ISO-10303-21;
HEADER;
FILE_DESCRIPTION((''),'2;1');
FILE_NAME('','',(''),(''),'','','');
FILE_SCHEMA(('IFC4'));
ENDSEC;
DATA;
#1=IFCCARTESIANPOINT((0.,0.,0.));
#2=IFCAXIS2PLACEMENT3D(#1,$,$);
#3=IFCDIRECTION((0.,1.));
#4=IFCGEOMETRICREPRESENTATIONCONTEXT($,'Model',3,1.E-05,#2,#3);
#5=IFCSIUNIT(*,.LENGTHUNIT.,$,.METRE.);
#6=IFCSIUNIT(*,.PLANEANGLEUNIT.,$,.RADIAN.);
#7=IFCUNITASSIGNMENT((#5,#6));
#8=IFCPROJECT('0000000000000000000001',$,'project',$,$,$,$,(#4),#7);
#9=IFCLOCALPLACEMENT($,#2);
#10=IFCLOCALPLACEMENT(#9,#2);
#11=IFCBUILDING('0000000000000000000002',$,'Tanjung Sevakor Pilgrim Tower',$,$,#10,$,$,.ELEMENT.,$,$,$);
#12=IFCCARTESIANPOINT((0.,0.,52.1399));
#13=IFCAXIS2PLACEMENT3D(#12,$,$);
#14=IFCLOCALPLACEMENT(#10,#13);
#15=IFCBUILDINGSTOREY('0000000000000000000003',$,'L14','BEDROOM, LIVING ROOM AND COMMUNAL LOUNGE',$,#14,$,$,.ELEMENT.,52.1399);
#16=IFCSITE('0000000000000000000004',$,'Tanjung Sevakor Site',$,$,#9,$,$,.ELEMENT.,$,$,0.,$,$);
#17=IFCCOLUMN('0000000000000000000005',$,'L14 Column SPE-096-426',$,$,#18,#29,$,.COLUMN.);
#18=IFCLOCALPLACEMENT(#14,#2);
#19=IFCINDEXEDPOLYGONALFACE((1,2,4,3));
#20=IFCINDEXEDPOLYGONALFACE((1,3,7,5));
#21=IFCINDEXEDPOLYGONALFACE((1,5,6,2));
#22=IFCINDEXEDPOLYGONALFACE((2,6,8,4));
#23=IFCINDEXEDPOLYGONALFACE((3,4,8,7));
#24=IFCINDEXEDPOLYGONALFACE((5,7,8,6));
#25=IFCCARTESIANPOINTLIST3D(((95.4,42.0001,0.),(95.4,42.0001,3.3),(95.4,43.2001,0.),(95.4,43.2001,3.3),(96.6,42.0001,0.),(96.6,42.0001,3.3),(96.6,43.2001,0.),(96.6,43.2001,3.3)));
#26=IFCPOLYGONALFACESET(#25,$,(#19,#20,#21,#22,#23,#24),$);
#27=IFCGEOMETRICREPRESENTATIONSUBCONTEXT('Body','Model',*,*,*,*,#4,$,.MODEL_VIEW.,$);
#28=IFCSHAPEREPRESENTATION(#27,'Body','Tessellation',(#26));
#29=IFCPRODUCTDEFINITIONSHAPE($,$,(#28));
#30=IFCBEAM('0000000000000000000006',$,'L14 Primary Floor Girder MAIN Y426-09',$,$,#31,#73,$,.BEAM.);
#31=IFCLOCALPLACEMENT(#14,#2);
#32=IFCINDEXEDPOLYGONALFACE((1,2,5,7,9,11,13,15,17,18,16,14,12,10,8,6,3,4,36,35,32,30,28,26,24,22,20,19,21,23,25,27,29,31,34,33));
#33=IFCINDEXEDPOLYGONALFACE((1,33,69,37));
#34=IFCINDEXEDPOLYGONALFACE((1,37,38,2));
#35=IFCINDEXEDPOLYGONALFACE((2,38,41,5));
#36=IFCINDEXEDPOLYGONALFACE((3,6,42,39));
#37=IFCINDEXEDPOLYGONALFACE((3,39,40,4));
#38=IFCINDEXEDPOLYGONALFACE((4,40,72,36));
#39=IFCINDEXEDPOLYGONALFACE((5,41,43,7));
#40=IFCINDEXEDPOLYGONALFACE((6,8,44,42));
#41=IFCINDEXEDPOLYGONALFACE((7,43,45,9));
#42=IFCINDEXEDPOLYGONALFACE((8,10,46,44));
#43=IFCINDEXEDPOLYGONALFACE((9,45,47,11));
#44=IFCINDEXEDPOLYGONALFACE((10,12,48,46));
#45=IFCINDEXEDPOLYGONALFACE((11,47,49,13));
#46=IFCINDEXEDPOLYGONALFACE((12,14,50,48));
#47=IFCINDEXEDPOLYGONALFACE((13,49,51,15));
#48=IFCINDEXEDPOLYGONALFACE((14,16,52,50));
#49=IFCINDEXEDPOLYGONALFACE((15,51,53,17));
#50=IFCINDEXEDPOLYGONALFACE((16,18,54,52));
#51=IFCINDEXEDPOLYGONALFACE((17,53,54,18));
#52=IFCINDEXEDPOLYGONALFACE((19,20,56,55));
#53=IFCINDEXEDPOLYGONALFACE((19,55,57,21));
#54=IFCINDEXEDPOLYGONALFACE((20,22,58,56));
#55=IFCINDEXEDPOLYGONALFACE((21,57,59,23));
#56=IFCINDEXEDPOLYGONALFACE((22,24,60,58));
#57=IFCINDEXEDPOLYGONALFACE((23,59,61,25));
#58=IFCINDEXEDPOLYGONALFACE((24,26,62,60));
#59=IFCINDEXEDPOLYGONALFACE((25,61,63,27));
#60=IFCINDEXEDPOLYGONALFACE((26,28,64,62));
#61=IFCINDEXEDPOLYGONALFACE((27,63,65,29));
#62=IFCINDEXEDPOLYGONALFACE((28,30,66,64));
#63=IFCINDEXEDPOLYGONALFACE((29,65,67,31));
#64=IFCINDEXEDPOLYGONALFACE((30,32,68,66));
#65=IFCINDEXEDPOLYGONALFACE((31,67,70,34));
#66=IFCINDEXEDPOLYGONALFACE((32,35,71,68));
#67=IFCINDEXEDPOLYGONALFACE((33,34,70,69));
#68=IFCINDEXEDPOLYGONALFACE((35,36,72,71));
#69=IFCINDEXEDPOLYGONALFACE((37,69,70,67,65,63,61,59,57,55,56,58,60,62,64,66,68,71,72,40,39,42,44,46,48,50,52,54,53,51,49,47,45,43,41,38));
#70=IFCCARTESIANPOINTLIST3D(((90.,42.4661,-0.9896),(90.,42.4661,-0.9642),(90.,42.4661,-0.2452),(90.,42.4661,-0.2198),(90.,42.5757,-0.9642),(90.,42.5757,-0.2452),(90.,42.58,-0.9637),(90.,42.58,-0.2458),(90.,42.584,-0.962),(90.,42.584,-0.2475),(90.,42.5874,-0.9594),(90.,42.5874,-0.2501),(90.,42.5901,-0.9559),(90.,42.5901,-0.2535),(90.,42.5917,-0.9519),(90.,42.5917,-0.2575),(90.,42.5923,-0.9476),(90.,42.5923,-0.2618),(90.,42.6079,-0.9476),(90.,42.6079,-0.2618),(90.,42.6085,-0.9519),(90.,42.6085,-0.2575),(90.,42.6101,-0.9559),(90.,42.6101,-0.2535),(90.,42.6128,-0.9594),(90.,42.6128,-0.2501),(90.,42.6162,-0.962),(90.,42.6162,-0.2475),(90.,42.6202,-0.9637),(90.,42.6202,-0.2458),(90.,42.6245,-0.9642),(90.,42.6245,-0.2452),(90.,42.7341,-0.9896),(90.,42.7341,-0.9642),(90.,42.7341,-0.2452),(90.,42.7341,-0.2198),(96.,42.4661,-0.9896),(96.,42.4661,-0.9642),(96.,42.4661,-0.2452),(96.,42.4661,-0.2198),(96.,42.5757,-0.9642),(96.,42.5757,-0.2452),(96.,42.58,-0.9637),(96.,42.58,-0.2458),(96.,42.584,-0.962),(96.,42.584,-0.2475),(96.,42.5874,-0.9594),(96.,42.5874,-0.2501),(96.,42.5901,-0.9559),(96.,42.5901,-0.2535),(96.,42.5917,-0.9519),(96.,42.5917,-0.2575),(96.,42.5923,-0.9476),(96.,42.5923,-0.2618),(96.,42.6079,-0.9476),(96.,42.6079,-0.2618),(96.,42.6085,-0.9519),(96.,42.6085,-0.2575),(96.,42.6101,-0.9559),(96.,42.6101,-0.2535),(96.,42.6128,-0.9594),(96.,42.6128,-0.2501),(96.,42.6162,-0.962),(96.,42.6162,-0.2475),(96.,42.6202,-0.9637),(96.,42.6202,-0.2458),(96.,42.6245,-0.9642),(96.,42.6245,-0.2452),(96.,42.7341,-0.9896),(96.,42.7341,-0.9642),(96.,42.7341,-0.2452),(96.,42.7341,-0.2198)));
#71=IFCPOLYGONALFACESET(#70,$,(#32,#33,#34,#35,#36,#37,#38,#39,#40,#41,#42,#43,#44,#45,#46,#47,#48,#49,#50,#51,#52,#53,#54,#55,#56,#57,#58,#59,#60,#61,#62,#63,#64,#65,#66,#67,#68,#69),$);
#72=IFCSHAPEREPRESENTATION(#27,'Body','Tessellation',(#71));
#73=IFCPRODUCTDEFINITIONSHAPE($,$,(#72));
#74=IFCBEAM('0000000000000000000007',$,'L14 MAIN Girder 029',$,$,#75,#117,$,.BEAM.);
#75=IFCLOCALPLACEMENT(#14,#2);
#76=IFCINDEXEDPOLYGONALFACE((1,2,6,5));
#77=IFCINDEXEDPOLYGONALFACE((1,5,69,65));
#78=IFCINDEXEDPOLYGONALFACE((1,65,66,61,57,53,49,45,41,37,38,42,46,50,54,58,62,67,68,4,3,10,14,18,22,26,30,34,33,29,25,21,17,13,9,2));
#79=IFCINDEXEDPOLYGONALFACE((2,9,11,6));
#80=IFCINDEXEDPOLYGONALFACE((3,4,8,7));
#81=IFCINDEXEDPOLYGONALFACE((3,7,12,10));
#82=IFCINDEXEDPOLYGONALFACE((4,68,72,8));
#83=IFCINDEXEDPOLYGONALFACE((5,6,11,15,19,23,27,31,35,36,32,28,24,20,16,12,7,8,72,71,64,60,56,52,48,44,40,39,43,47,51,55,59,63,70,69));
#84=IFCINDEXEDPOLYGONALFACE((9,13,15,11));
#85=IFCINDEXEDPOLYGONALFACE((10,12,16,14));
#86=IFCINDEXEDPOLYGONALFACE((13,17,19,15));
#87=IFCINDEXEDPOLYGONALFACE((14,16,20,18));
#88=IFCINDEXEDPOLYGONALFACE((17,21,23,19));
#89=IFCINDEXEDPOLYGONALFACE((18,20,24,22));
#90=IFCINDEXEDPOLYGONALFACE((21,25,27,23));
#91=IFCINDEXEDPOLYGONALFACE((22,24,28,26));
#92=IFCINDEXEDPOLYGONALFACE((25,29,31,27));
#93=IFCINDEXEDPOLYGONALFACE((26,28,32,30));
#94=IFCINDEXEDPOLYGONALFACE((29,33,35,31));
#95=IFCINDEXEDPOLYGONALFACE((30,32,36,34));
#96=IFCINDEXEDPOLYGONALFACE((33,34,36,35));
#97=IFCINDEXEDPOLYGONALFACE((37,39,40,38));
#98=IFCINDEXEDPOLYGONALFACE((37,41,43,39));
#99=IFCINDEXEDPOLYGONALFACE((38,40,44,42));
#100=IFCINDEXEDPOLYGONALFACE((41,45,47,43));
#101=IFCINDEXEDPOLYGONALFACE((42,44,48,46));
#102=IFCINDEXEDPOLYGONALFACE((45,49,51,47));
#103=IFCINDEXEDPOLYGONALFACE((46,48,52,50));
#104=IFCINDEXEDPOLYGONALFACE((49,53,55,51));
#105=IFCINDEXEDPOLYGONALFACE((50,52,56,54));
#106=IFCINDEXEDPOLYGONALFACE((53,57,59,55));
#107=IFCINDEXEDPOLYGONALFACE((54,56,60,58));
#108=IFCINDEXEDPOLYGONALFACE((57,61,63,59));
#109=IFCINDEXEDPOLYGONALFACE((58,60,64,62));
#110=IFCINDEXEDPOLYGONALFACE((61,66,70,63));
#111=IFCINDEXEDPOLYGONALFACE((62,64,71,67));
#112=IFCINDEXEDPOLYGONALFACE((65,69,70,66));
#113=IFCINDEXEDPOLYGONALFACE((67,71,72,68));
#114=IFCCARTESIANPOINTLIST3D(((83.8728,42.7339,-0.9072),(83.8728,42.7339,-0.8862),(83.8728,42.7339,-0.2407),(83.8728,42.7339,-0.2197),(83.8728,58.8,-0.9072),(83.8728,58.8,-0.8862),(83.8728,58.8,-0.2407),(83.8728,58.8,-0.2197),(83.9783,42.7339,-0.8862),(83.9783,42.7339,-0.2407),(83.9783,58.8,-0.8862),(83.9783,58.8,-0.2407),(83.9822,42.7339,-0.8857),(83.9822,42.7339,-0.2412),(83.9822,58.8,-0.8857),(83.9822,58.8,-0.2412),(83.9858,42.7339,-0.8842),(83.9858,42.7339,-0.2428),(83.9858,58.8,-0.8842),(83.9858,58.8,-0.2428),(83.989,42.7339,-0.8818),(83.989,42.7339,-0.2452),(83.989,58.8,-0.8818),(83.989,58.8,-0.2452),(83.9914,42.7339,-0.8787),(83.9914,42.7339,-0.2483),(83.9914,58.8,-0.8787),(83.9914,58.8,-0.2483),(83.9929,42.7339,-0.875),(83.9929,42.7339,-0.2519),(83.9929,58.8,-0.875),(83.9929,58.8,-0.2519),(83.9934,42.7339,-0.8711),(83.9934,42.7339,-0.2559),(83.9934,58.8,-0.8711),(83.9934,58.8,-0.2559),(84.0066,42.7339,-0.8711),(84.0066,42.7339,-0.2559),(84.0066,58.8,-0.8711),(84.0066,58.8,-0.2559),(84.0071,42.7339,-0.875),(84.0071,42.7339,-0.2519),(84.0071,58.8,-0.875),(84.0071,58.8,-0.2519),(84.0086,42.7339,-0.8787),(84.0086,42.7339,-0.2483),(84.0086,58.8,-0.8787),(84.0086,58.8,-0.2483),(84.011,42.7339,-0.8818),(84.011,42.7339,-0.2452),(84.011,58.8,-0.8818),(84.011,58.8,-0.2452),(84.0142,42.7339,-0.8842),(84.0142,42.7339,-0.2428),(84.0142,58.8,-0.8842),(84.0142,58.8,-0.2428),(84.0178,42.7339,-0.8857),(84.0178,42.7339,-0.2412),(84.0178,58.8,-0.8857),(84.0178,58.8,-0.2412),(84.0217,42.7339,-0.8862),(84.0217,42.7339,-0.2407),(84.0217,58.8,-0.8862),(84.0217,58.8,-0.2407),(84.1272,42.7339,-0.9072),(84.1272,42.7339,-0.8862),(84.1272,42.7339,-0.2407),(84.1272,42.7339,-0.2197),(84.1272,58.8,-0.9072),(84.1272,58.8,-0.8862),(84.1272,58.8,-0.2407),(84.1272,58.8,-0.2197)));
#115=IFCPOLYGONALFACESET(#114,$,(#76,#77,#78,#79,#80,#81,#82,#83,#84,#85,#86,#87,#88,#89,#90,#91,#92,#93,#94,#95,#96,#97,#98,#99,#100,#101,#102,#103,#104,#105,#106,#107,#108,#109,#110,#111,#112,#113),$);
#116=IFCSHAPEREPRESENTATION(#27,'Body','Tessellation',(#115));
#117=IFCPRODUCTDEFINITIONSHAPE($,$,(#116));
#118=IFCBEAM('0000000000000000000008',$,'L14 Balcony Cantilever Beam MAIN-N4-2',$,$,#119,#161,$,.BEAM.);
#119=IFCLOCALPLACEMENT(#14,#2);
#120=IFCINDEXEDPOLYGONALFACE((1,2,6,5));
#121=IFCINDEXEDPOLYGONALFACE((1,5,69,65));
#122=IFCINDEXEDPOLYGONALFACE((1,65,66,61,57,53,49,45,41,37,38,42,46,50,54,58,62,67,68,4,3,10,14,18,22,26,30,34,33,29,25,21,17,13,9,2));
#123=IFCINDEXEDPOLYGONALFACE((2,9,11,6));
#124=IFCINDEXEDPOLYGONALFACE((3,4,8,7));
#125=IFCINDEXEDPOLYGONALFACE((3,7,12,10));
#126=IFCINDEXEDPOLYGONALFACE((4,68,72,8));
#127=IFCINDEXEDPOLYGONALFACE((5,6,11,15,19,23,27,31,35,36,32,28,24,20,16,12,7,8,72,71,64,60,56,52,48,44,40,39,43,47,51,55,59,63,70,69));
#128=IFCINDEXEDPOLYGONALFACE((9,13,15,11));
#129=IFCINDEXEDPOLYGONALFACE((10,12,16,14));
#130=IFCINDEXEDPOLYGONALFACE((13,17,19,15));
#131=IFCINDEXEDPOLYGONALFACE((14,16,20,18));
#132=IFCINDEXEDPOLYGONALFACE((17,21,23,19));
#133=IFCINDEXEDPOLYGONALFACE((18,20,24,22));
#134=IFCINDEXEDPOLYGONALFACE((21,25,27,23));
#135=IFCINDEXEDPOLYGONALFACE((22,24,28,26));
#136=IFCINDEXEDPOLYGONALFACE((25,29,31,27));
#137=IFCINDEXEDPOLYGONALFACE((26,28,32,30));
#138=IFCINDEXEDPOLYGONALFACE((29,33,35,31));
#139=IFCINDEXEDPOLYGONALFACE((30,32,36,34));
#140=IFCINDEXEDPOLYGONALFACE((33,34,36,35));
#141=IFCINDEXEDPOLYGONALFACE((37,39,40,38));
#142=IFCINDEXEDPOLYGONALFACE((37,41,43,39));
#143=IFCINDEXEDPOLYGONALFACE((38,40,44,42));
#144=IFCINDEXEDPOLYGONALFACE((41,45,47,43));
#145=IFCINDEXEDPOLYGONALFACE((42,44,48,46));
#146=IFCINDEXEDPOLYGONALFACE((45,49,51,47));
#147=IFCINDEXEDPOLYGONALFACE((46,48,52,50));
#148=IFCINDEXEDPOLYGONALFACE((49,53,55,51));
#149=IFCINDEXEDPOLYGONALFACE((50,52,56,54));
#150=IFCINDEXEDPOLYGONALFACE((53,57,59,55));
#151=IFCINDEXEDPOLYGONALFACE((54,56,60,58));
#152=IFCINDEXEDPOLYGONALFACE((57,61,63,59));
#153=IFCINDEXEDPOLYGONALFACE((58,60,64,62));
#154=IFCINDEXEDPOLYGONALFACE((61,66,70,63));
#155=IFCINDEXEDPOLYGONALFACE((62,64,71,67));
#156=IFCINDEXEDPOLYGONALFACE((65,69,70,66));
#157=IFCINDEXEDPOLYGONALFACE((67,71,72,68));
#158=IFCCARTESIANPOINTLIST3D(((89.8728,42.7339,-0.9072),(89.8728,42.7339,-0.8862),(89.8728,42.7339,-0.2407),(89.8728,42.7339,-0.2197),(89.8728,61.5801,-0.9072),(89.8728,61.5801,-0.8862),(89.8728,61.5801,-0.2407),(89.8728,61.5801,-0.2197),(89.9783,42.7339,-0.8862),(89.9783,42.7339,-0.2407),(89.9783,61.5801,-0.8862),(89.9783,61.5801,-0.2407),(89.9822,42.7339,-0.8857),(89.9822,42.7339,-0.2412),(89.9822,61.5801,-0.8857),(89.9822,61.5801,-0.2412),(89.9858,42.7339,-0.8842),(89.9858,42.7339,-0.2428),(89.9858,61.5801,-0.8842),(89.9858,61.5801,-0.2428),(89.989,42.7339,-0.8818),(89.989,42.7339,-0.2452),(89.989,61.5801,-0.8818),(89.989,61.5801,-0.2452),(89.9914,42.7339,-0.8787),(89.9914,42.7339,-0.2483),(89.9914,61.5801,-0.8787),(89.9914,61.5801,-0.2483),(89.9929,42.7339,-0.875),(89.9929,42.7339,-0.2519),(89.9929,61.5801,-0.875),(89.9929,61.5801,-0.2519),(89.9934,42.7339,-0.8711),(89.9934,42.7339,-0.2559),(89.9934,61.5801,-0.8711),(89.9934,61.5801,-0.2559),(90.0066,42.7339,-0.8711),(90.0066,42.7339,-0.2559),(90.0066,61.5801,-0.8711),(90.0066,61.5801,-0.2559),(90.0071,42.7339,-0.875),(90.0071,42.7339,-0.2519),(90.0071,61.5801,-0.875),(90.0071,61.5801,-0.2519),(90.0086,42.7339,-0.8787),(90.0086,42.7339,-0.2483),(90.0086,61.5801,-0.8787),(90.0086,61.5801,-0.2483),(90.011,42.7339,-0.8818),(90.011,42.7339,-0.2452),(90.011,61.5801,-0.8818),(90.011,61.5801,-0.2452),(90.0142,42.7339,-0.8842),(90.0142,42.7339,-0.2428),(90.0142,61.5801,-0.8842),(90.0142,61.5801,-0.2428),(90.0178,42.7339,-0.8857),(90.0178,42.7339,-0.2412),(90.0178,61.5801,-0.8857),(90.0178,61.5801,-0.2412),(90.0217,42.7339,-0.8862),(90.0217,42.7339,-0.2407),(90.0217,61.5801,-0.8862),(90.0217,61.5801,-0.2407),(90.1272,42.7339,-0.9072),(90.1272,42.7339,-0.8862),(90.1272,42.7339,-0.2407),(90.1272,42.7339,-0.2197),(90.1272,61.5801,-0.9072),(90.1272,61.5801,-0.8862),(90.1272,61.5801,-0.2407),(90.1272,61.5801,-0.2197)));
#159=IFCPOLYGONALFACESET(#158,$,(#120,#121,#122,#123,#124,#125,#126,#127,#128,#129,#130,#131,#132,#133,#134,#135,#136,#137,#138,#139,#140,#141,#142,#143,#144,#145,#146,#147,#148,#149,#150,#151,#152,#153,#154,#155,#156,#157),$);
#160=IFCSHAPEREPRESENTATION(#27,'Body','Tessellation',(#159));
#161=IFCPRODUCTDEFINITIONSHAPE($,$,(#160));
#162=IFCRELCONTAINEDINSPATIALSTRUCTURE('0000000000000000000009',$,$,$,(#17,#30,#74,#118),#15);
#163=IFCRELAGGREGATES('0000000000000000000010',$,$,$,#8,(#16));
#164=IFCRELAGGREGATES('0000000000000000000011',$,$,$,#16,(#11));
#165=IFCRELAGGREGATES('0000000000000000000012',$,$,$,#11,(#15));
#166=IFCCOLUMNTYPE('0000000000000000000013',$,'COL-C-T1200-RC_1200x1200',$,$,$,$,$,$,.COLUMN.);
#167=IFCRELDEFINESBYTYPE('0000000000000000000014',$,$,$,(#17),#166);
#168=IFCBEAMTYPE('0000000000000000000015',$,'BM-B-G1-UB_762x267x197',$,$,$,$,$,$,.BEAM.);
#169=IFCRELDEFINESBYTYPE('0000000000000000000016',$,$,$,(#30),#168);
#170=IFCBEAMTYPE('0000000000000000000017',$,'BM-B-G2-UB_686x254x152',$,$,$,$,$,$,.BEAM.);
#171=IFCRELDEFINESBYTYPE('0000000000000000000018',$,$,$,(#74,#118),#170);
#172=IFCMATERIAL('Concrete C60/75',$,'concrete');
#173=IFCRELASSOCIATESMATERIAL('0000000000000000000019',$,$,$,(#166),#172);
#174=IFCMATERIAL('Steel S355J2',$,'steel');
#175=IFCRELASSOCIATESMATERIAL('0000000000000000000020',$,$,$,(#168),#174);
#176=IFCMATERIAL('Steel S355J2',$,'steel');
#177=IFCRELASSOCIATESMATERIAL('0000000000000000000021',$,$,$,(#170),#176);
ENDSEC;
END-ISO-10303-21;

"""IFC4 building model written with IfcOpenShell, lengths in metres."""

from ifc_helpers import new_model, si_unit, direction, frame, origin, origin_2d, place, context, subcontext, project, spatial, rectangle, i_section, extrude, material, material_profile, profile_set, type_object, element, save


model = new_model("IFC4")

# Units and contexts
model_context = context("Model", 3, precision=1e-05, world=origin(), true_north=direction((0.0, 1.0)))
body_context = subcontext(model_context, "Body", "Model", "MODEL_VIEW")
ifc_project = project(units=[si_unit("LENGTHUNIT", "METRE"), si_unit("PLANEANGLEUNIT", "RADIAN")], contexts=[model_context])

# Site, building, storey
site_placement = place(None, origin())
site = spatial("IfcSite", under=ifc_project, at=site_placement, Name="Tanjung Sevakor Site", CompositionType="ELEMENT", RefElevation=0.0)
building_placement = place(site_placement, origin())
building = spatial("IfcBuilding", under=site, at=building_placement, Name="Tanjung Sevakor Pilgrim Tower", CompositionType="ELEMENT")
storey_placement = place(building_placement, frame((0.0, 0.0, 52.1399)))
storey = spatial("IfcBuildingStorey", under=building, at=storey_placement, Name="L14", Description="BEDROOM, LIVING ROOM AND COMMUNAL LOUNGE", CompositionType="ELEMENT", Elevation=52.1399)

# Column
ifc_material_1 = material(Name="Concrete C60/75", Category="concrete")
ifc_material_profile_1 = material_profile(ifc_material_1, rectangle(XDim=1.2, YDim=1.2, at=origin_2d()))
ifc_profile_set_1 = profile_set([ifc_material_profile_1], Name="Concrete C60/75")
column_type = type_object("IfcColumnType", Name="COL-C-T1200-RC_1200x1200", PredefinedType="COLUMN", material=ifc_profile_set_1)
column_placement = place(storey_placement, frame((96.0, 42.6001, 0.0), z_axis=(0.0, 0.0, 1.0), x_axis=(1.0, 0.0, 0.0)))
element("IfcColumn", 1, at=column_placement, inside=storey, type_object=column_type, Name="L14 Column SPE-096-426", PredefinedType="COLUMN", context=body_context, shape_type="SweptSolid", body=[
    extrude(rectangle(XDim=1.2, YDim=1.2, at=origin_2d()), origin(), (0.0, 0.0, 1.0), 3.3),
])

# Beams
ifc_material_2 = material(Name="Steel S355J2", Category="steel")
ifc_material_profile_2 = material_profile(ifc_material_2, i_section(OverallWidth=0.2681, OverallDepth=0.7698, WebThickness=0.0156, FlangeThickness=0.0254, FilletRadius=0.0166, at=origin_2d()))
ifc_profile_set_2 = profile_set([ifc_material_profile_2], Name="Steel S355J2")
beam_type_1 = type_object("IfcBeamType", Name="BM-B-G1-UB_762x267x197", PredefinedType="BEAM", material=ifc_profile_set_2)
beam_1_placement = place(storey_placement, frame((90.0, 42.6001, -0.6047), z_axis=(1.0, 0.0, 0.0), x_axis=(0.0, 1.0, 0.0)))
element("IfcBeam", 2, at=beam_1_placement, inside=storey, type_object=beam_type_1, Name="L14 Primary Floor Girder MAIN Y426-09", PredefinedType="BEAM", context=body_context, shape_type="SweptSolid", body=[
    extrude(i_section(OverallWidth=0.2681, OverallDepth=0.7698, WebThickness=0.0156, FlangeThickness=0.0254, FilletRadius=0.0166, at=origin_2d()), origin(), (0.0, 0.0, 1.0), 6.0),
])
ifc_material_3 = material(Name="Steel S355J2", Category="steel")
ifc_material_profile_3 = material_profile(ifc_material_3, i_section(OverallWidth=0.2544, OverallDepth=0.6875, WebThickness=0.0132, FlangeThickness=0.021, FilletRadius=0.0151, at=origin_2d()))
ifc_profile_set_3 = profile_set([ifc_material_profile_3], Name="Steel S355J2")
beam_type_2 = type_object("IfcBeamType", Name="BM-B-G2-UB_686x254x152", PredefinedType="BEAM", material=ifc_profile_set_3)
beam_2_placement = place(storey_placement, frame((84.0, 42.7339, -0.5635), z_axis=(0.0, 1.0, 0.0), x_axis=(-1.0, 0.0, 0.0)))
element("IfcBeam", 3, at=beam_2_placement, inside=storey, type_object=beam_type_2, Name="L14 MAIN Girder 029", PredefinedType="BEAM", context=body_context, shape_type="SweptSolid", body=[
    extrude(i_section(OverallWidth=0.2544, OverallDepth=0.6875, WebThickness=0.0132, FlangeThickness=0.021, FilletRadius=0.0151, at=origin_2d()), origin(), (0.0, 0.0, 1.0), 16.0662),
])
beam_3_placement = place(storey_placement, frame((90.0, 42.7339, -0.5635), z_axis=(0.0, 1.0, 0.0), x_axis=(-1.0, 0.0, 0.0)))
element("IfcBeam", 4, at=beam_3_placement, inside=storey, type_object=beam_type_2, Name="L14 Balcony Cantilever Beam MAIN-N4-2", PredefinedType="BEAM", context=body_context, shape_type="SweptSolid", body=[
    extrude(i_section(OverallWidth=0.2544, OverallDepth=0.6875, WebThickness=0.0132, FlangeThickness=0.021, FilletRadius=0.0151, at=origin_2d()), origin(), (0.0, 0.0, 1.0), 18.8462),
])

save(model, "model.ifc")
